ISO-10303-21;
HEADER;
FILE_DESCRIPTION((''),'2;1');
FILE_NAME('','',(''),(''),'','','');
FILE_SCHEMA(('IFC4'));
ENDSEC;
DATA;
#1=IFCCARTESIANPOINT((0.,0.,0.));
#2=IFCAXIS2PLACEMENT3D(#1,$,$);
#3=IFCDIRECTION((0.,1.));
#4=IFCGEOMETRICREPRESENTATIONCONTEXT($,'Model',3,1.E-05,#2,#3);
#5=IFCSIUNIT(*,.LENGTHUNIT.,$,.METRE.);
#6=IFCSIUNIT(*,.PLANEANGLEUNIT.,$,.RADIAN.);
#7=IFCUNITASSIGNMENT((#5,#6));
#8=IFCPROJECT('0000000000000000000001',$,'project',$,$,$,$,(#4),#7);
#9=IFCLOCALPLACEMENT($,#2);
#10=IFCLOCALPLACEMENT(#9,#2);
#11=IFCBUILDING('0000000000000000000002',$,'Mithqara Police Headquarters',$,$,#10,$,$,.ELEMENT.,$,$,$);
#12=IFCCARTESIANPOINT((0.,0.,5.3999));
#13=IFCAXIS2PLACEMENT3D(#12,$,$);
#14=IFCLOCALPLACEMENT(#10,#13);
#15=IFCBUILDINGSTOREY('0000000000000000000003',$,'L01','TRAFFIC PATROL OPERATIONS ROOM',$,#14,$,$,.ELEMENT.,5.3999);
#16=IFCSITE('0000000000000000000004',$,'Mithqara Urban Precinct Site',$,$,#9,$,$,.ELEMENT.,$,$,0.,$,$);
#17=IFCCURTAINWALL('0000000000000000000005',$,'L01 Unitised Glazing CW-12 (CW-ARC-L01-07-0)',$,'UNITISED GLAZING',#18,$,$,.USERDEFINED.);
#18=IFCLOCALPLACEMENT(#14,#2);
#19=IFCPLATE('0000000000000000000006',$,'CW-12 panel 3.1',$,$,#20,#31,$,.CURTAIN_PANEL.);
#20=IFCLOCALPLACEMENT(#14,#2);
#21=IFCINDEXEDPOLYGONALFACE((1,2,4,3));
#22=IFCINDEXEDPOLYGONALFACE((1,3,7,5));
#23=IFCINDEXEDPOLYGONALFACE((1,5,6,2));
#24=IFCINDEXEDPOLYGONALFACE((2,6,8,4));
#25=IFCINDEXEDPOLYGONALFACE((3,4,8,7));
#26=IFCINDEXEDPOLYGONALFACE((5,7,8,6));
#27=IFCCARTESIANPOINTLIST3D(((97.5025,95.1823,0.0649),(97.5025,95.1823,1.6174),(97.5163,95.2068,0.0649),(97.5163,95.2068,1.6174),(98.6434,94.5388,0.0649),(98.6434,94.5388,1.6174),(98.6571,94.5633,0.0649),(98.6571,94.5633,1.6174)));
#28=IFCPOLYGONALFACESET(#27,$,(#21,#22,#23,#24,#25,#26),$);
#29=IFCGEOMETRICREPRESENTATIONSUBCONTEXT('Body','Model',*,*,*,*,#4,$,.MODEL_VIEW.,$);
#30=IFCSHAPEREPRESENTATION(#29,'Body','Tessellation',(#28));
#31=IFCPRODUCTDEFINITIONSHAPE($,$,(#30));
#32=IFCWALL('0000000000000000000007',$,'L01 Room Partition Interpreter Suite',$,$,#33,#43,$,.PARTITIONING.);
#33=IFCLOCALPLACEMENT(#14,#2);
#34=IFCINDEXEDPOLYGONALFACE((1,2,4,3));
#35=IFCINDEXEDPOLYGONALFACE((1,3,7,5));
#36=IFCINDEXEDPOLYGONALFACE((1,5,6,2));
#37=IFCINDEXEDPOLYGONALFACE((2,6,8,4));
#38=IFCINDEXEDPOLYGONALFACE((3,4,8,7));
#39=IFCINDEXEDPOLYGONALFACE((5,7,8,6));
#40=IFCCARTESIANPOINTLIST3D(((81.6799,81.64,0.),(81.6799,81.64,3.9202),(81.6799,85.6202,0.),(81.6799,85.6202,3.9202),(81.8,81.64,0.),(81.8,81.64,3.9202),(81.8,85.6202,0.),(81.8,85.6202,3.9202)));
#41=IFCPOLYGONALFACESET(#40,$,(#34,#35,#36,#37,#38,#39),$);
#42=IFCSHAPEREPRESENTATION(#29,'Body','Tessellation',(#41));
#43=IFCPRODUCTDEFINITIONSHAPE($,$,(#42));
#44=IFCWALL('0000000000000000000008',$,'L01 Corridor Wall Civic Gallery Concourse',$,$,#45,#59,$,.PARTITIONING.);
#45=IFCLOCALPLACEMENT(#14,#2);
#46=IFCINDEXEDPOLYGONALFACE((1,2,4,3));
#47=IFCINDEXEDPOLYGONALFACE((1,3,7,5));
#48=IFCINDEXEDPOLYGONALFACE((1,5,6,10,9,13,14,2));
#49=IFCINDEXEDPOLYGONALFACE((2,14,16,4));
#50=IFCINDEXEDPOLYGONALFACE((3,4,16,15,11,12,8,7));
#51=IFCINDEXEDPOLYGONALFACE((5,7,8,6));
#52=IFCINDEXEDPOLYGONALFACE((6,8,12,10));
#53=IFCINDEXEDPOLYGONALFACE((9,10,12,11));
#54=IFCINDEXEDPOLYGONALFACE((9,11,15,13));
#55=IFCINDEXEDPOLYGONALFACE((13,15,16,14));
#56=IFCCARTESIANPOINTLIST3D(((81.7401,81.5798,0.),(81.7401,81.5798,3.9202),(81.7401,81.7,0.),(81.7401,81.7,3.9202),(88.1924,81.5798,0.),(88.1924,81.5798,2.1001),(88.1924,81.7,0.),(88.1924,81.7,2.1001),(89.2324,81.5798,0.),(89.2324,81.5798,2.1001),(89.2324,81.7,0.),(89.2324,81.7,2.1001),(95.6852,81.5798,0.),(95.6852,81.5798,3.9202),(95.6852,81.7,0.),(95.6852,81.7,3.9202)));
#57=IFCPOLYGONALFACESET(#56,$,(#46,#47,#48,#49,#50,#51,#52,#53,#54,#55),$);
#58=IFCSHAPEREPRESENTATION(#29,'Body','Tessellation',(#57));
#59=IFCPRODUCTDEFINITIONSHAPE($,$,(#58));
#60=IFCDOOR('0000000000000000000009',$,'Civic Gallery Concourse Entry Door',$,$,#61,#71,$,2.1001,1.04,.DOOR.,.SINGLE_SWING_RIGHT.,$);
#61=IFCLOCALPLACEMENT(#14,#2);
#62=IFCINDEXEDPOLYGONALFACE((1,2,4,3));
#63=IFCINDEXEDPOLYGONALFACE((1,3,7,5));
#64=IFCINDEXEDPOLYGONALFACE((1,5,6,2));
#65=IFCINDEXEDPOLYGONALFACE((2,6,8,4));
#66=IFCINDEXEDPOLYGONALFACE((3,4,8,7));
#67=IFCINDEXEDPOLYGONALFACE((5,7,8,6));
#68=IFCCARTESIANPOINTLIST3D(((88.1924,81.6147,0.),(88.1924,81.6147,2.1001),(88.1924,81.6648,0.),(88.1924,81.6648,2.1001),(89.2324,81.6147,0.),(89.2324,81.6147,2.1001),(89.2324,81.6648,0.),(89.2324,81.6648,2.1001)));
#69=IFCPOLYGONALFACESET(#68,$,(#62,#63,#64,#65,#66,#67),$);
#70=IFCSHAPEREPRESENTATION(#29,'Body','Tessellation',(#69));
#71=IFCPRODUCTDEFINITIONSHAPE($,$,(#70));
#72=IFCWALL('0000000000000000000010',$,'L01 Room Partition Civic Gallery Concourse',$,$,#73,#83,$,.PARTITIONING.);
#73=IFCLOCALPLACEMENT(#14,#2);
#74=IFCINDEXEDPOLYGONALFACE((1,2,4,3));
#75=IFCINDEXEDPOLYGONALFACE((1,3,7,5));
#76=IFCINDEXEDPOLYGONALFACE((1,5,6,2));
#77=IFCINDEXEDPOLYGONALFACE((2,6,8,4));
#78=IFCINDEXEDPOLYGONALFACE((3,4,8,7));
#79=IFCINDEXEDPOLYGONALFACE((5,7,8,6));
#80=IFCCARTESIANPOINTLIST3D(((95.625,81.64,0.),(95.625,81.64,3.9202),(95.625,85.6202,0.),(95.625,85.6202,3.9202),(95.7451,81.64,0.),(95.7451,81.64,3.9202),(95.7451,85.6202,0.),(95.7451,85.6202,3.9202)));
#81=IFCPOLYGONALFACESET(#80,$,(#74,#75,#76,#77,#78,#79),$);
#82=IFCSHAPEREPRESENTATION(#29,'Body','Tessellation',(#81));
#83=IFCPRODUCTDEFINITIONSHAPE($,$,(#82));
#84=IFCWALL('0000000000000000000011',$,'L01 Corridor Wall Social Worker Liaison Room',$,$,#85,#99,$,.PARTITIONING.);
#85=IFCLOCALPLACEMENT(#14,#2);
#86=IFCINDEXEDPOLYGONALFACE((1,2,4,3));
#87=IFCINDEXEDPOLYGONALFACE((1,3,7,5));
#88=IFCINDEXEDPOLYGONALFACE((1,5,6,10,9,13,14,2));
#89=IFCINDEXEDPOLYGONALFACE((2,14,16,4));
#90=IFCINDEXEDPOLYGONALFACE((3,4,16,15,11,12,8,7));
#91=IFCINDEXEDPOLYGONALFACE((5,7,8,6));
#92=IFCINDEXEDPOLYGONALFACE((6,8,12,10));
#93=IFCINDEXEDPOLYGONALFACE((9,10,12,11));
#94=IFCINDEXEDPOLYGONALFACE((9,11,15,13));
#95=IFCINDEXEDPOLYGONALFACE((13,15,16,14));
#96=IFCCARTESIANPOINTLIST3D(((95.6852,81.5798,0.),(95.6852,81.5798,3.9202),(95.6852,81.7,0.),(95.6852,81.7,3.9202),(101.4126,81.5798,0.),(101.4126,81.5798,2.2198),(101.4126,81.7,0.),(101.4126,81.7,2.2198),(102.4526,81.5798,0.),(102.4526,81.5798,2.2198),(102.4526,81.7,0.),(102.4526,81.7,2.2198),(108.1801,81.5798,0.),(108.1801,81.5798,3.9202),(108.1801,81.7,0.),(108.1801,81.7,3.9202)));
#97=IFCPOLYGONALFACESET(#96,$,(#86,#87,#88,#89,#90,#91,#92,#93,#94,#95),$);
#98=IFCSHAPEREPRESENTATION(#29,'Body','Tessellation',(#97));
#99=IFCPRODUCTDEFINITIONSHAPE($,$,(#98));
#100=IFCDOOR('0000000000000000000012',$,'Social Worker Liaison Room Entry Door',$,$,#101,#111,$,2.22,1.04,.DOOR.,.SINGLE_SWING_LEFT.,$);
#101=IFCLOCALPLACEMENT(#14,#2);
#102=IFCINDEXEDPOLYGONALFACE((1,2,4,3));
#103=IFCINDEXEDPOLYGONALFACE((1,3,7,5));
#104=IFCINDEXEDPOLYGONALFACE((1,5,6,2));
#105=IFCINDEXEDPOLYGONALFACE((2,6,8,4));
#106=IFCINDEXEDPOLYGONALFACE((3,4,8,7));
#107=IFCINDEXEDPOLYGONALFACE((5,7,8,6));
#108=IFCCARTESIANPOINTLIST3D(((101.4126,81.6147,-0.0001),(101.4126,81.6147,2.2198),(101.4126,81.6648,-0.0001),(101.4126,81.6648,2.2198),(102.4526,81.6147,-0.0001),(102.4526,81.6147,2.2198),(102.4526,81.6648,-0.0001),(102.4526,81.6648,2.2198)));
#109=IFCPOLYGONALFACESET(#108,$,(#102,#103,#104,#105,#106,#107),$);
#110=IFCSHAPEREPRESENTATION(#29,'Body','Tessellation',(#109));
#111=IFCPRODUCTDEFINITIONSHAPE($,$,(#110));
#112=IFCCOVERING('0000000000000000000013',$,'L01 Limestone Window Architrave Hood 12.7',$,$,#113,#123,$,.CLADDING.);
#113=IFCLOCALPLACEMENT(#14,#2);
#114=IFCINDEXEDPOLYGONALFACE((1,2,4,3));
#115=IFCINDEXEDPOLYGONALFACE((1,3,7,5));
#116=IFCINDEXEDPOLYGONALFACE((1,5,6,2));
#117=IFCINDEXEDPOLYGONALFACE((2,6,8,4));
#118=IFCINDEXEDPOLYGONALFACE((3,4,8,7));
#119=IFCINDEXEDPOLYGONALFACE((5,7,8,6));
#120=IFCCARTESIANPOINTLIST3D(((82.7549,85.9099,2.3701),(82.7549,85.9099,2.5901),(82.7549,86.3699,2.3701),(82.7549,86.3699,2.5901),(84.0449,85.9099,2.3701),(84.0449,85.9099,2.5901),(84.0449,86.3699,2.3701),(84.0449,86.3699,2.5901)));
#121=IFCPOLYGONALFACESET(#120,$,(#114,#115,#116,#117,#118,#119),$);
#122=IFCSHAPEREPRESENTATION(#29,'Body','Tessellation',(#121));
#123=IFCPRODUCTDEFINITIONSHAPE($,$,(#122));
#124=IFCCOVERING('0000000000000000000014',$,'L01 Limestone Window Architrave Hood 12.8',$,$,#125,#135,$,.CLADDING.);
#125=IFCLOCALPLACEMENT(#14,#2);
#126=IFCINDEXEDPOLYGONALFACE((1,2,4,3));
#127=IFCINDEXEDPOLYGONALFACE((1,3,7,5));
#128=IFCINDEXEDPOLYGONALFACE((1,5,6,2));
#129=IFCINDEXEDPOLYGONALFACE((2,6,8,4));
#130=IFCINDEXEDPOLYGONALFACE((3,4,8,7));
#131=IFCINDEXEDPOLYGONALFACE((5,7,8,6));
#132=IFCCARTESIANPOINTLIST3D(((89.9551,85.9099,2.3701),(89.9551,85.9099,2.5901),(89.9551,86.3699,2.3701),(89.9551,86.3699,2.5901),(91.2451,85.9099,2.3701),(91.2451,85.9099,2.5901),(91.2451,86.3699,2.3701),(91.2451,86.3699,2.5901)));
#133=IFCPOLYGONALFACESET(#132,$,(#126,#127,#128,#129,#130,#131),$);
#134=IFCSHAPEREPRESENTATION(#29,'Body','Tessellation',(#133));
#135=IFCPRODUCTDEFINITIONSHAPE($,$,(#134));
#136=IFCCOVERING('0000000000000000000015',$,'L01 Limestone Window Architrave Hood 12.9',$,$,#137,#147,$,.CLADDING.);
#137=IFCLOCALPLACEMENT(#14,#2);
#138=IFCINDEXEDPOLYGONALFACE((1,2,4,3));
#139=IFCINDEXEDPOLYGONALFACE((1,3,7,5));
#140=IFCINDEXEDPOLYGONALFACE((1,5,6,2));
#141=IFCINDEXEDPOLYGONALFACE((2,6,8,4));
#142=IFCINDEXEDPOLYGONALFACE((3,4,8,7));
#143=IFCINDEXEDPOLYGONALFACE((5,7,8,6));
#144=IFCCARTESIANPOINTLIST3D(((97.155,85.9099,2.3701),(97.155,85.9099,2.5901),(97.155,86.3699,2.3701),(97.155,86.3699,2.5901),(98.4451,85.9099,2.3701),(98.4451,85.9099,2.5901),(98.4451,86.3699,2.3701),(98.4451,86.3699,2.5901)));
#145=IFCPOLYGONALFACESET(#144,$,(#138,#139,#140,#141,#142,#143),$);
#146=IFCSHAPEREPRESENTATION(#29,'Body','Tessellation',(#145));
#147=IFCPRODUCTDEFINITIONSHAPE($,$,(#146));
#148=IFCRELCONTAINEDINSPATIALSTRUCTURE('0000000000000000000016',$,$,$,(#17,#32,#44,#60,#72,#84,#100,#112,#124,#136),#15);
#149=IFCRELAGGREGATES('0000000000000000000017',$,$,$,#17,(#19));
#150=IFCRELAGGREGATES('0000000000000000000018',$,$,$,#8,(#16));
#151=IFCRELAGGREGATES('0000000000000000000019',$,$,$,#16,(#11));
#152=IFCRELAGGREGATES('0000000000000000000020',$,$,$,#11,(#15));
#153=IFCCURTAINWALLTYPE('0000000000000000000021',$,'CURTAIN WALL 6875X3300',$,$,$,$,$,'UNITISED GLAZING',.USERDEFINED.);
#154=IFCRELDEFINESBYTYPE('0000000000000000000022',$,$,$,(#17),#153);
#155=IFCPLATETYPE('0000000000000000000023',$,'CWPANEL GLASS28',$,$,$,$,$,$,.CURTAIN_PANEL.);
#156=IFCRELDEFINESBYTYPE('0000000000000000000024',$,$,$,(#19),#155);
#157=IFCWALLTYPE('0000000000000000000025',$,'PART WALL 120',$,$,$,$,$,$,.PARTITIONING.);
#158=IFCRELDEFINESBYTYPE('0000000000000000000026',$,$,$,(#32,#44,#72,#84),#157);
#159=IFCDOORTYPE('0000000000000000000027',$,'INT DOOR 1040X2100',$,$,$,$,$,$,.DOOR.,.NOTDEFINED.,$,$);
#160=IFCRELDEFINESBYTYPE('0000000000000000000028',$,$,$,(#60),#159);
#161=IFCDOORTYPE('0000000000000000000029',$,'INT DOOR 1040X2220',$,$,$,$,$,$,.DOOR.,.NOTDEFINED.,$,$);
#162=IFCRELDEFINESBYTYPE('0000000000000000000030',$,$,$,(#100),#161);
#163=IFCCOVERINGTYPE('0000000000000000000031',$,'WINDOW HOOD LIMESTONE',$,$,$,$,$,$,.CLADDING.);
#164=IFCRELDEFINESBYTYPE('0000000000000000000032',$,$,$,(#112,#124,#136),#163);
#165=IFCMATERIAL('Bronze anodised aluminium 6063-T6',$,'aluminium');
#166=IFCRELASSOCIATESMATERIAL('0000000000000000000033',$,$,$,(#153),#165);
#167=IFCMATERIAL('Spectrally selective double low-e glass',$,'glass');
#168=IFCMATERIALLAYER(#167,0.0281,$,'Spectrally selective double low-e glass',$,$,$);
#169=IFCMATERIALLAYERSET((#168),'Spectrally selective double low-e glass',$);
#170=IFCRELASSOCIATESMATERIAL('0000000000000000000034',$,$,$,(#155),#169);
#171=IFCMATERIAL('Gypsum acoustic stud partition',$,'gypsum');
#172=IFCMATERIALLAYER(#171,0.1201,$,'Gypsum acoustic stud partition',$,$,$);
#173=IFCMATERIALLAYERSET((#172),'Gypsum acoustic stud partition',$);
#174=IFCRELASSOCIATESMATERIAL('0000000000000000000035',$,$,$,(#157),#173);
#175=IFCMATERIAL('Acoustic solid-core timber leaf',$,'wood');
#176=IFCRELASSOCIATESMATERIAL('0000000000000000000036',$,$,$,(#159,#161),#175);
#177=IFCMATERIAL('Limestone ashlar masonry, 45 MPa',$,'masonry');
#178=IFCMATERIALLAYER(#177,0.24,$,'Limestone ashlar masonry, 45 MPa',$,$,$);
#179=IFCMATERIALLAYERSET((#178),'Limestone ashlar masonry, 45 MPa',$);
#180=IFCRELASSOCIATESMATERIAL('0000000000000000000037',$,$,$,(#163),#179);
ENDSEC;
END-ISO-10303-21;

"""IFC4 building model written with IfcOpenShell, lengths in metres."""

from ifc_helpers import new_model, si_unit, direction, frame, frame_2d, origin, origin_2d, place, context, subcontext, project, spatial, rectangle, extrude, material, layer, layer_set, type_object, element, fill, aggregate, save


model = new_model("IFC4")

# Units and contexts
model_context = context("Model", 3, precision=1e-05, world=origin(), true_north=direction((0.0, 1.0)))
body_context = subcontext(model_context, "Body", "Model", "MODEL_VIEW")
ifc_project = project(units=[si_unit("LENGTHUNIT", "METRE"), si_unit("PLANEANGLEUNIT", "RADIAN")], contexts=[model_context])

# Site, building, storey
site_placement = place(None, origin())
site = spatial("IfcSite", under=ifc_project, at=site_placement, Name="Mithqara Urban Precinct Site", CompositionType="ELEMENT", RefElevation=0.0)
building_placement = place(site_placement, origin())
building = spatial("IfcBuilding", under=site, at=building_placement, Name="Mithqara Police Headquarters", CompositionType="ELEMENT")
storey_placement = place(building_placement, frame((0.0, 0.0, 5.3999)))
storey = spatial("IfcBuildingStorey", under=building, at=storey_placement, Name="L01", Description="TRAFFIC PATROL OPERATIONS ROOM", CompositionType="ELEMENT", Elevation=5.3999)

# Curtain wall, plate
ifc_material_1 = material(Name="Bronze anodised aluminium 6063-T6", Category="aluminium")
curtain_wall_type = type_object("IfcCurtainWallType", Name="CURTAIN WALL 6875X3300", ElementType="UNITISED GLAZING", PredefinedType="USERDEFINED", material=ifc_material_1)
curtain_wall_placement = place(storey_placement, origin())
curtain_wall = element("IfcCurtainWall", 1, at=curtain_wall_placement, inside=storey, type_object=curtain_wall_type, Name="L01 Unitised Glazing CW-12 (CW-ARC-L01-07-0)", ObjectType="UNITISED GLAZING", PredefinedType="USERDEFINED")
ifc_material_2 = material(Name="Spectrally selective double low-e glass", Category="glass")
ifc_layer_1 = layer(ifc_material_2, 0.0281, Name="Spectrally selective double low-e glass")
ifc_layer_set_1 = layer_set([ifc_layer_1], Name="Spectrally selective double low-e glass")
plate_type = type_object("IfcPlateType", Name="CWPANEL GLASS28", PredefinedType="CURTAIN_PANEL", material=ifc_layer_set_1)
plate_placement = place(storey_placement, frame((98.0798, 94.8728, 0.0649), z_axis=(0.0, 0.0, 1.0), x_axis=(0.870986, -0.491308, 0.0)))
plate = element("IfcPlate", 2, at=plate_placement, type_object=plate_type, Name="CW-12 panel 3.1", PredefinedType="CURTAIN_PANEL", context=body_context, shape_type="SweptSolid", body=[
    extrude(rectangle(XDim=1.3098, YDim=0.0281, at=origin_2d()), origin(), (0.0, 0.0, 1.0), 1.5525),
])
aggregate(curtain_wall, [plate])

# Wall
ifc_material_3 = material(Name="Gypsum acoustic stud partition", Category="gypsum")
ifc_layer_2 = layer(ifc_material_3, 0.1201, Name="Gypsum acoustic stud partition")
ifc_layer_set_2 = layer_set([ifc_layer_2], Name="Gypsum acoustic stud partition")
wall_type = type_object("IfcWallType", Name="PART WALL 120", PredefinedType="PARTITIONING", material=ifc_layer_set_2)
wall_1_placement = place(storey_placement, frame((81.74, 81.6399, 0.0), z_axis=(0.0, 0.0, 1.0), x_axis=(0.0, 1.0, 0.0)))
element("IfcWall", 3, at=wall_1_placement, inside=storey, type_object=wall_type, Name="L01 Room Partition Interpreter Suite", PredefinedType="PARTITIONING", context=body_context, shape_type="SweptSolid", body=[
    extrude(rectangle(XDim=3.9802, YDim=0.1201, at=frame_2d((1.9902, 0.0))), origin(), (0.0, 0.0, 1.0), 3.9202),
])

# Wall, opening, door
wall_2_placement = place(storey_placement, frame((81.74, 81.6399, 0.0), z_axis=(0.0, 0.0, 1.0), x_axis=(1.0, 0.0, 0.0)))
wall_2 = element("IfcWall", 4, at=wall_2_placement, inside=storey, type_object=wall_type, Name="L01 Corridor Wall Civic Gallery Concourse", PredefinedType="PARTITIONING", context=body_context, shape_type="SweptSolid", body=[
    extrude(rectangle(XDim=13.9451, YDim=0.1201, at=frame_2d((6.9727, 0.0))), origin(), (0.0, 0.0, 1.0), 3.9202),
])
opening_1_placement = place(wall_2_placement, frame((6.4524, 0.0, 0.0)))
opening_1 = element("IfcOpeningElement", 5, at=opening_1_placement, cuts=wall_2, PredefinedType="OPENING", context=body_context, shape_type="SweptSolid", body=[
    extrude(rectangle(XDim=1.04, YDim=2.1001, at=frame_2d((0.52, 1.05))), frame((0.0, 0.0701, 0.0), z_axis=(0.0, -1.0, 0.0), x_axis=(1.0, 0.0, 0.0)), (0.0, 0.0, 1.0), 0.1401),
])
ifc_material_4 = material(Name="Acoustic solid-core timber leaf", Category="wood")
door_type_1 = type_object("IfcDoorType", Name="INT DOOR 1040X2100", OperationType="NOTDEFINED", PredefinedType="DOOR", material=ifc_material_4)
door_1_placement = place(opening_1_placement, origin())
door_1 = element("IfcDoor", 6, at=door_1_placement, inside=storey, type_object=door_type_1, Name="Civic Gallery Concourse Entry Door", OperationType="SINGLE_SWING_RIGHT", OverallHeight=2.1001, OverallWidth=1.04, PredefinedType="DOOR", context=body_context, shape_type="SweptSolid", body=[
    extrude(rectangle(XDim=1.04, YDim=2.1001, at=frame_2d((0.52, 1.05))), frame((0.0, 0.0249, 0.0), z_axis=(0.0, -1.0, 0.0), x_axis=(1.0, 0.0, 0.0)), (0.0, 0.0, 1.0), 0.05),
])
fill(opening_1, door_1)

# Wall
wall_3_placement = place(storey_placement, frame((95.6851, 81.6399, 0.0), z_axis=(0.0, 0.0, 1.0), x_axis=(0.0, 1.0, 0.0)))
element("IfcWall", 7, at=wall_3_placement, inside=storey, type_object=wall_type, Name="L01 Room Partition Civic Gallery Concourse", PredefinedType="PARTITIONING", context=body_context, shape_type="SweptSolid", body=[
    extrude(rectangle(XDim=3.9802, YDim=0.1201, at=frame_2d((1.9902, 0.0))), origin(), (0.0, 0.0, 1.0), 3.9202),
])

# Wall, opening, door
wall_4_placement = place(storey_placement, frame((95.6851, 81.6399, 0.0), z_axis=(0.0, 0.0, 1.0), x_axis=(1.0, 0.0, 0.0)))
wall_4 = element("IfcWall", 8, at=wall_4_placement, inside=storey, type_object=wall_type, Name="L01 Corridor Wall Social Worker Liaison Room", PredefinedType="PARTITIONING", context=body_context, shape_type="SweptSolid", body=[
    extrude(rectangle(XDim=12.4949, YDim=0.1201, at=frame_2d((6.2476, 0.0))), origin(), (0.0, 0.0, 1.0), 3.9202),
])
opening_2_placement = place(wall_4_placement, frame((5.7275, 0.0, 0.0)))
opening_2 = element("IfcOpeningElement", 9, at=opening_2_placement, cuts=wall_4, PredefinedType="OPENING", context=body_context, shape_type="SweptSolid", body=[
    extrude(rectangle(XDim=1.04, YDim=2.22, at=frame_2d((0.52, 1.1099))), frame((0.0, 0.0701, 0.0), z_axis=(0.0, -1.0, 0.0), x_axis=(1.0, 0.0, 0.0)), (0.0, 0.0, 1.0), 0.1401),
])
door_type_2 = type_object("IfcDoorType", Name="INT DOOR 1040X2220", OperationType="NOTDEFINED", PredefinedType="DOOR", material=ifc_material_4)
door_2_placement = place(opening_2_placement, origin())
door_2 = element("IfcDoor", 10, at=door_2_placement, inside=storey, type_object=door_type_2, Name="Social Worker Liaison Room Entry Door", OperationType="SINGLE_SWING_LEFT", OverallHeight=2.22, OverallWidth=1.04, PredefinedType="DOOR", context=body_context, shape_type="SweptSolid", body=[
    extrude(rectangle(XDim=1.04, YDim=2.22, at=frame_2d((0.52, 1.1099))), frame((0.0, 0.0249, 0.0), z_axis=(0.0, -1.0, 0.0), x_axis=(1.0, 0.0, 0.0)), (0.0, 0.0, 1.0), 0.05),
])
fill(opening_2, door_2)

# Coverings
ifc_material_5 = material(Name="Limestone ashlar masonry, 45 MPa", Category="masonry")
ifc_layer_3 = layer(ifc_material_5, 0.24, Name="Limestone ashlar masonry, 45 MPa")
ifc_layer_set_3 = layer_set([ifc_layer_3], Name="Limestone ashlar masonry, 45 MPa")
covering_type = type_object("IfcCoveringType", Name="WINDOW HOOD LIMESTONE", PredefinedType="CLADDING", material=ifc_layer_set_3)
for number, where, z_axis, x_axis, name in (
    (11, (83.3999, 86.1399, 2.3701), (0.0, 0.0, 1.0), (1.0, 0.0, 0.0), "L01 Limestone Window Architrave Hood 12.7"),
    (12, (90.6001, 86.1399, 2.3701), (0.0, 0.0, 1.0), (1.0, 0.0, 0.0), "L01 Limestone Window Architrave Hood 12.8"),
    (13, (97.8, 86.1399, 2.3701), (0.0, 0.0, 1.0), (1.0, 0.0, 0.0), "L01 Limestone Window Architrave Hood 12.9"),
):
    element("IfcCovering", number, at=place(storey_placement, frame(where, z_axis=z_axis, x_axis=x_axis)), inside=storey, type_object=covering_type, Name=name, PredefinedType="CLADDING", context=body_context, shape_type="SweptSolid", body=[
        extrude(rectangle(XDim=1.29, YDim=0.46, at=origin_2d()), origin(), (0.0, 0.0, 1.0), 0.22),
    ])

save(model, "model.ifc")
